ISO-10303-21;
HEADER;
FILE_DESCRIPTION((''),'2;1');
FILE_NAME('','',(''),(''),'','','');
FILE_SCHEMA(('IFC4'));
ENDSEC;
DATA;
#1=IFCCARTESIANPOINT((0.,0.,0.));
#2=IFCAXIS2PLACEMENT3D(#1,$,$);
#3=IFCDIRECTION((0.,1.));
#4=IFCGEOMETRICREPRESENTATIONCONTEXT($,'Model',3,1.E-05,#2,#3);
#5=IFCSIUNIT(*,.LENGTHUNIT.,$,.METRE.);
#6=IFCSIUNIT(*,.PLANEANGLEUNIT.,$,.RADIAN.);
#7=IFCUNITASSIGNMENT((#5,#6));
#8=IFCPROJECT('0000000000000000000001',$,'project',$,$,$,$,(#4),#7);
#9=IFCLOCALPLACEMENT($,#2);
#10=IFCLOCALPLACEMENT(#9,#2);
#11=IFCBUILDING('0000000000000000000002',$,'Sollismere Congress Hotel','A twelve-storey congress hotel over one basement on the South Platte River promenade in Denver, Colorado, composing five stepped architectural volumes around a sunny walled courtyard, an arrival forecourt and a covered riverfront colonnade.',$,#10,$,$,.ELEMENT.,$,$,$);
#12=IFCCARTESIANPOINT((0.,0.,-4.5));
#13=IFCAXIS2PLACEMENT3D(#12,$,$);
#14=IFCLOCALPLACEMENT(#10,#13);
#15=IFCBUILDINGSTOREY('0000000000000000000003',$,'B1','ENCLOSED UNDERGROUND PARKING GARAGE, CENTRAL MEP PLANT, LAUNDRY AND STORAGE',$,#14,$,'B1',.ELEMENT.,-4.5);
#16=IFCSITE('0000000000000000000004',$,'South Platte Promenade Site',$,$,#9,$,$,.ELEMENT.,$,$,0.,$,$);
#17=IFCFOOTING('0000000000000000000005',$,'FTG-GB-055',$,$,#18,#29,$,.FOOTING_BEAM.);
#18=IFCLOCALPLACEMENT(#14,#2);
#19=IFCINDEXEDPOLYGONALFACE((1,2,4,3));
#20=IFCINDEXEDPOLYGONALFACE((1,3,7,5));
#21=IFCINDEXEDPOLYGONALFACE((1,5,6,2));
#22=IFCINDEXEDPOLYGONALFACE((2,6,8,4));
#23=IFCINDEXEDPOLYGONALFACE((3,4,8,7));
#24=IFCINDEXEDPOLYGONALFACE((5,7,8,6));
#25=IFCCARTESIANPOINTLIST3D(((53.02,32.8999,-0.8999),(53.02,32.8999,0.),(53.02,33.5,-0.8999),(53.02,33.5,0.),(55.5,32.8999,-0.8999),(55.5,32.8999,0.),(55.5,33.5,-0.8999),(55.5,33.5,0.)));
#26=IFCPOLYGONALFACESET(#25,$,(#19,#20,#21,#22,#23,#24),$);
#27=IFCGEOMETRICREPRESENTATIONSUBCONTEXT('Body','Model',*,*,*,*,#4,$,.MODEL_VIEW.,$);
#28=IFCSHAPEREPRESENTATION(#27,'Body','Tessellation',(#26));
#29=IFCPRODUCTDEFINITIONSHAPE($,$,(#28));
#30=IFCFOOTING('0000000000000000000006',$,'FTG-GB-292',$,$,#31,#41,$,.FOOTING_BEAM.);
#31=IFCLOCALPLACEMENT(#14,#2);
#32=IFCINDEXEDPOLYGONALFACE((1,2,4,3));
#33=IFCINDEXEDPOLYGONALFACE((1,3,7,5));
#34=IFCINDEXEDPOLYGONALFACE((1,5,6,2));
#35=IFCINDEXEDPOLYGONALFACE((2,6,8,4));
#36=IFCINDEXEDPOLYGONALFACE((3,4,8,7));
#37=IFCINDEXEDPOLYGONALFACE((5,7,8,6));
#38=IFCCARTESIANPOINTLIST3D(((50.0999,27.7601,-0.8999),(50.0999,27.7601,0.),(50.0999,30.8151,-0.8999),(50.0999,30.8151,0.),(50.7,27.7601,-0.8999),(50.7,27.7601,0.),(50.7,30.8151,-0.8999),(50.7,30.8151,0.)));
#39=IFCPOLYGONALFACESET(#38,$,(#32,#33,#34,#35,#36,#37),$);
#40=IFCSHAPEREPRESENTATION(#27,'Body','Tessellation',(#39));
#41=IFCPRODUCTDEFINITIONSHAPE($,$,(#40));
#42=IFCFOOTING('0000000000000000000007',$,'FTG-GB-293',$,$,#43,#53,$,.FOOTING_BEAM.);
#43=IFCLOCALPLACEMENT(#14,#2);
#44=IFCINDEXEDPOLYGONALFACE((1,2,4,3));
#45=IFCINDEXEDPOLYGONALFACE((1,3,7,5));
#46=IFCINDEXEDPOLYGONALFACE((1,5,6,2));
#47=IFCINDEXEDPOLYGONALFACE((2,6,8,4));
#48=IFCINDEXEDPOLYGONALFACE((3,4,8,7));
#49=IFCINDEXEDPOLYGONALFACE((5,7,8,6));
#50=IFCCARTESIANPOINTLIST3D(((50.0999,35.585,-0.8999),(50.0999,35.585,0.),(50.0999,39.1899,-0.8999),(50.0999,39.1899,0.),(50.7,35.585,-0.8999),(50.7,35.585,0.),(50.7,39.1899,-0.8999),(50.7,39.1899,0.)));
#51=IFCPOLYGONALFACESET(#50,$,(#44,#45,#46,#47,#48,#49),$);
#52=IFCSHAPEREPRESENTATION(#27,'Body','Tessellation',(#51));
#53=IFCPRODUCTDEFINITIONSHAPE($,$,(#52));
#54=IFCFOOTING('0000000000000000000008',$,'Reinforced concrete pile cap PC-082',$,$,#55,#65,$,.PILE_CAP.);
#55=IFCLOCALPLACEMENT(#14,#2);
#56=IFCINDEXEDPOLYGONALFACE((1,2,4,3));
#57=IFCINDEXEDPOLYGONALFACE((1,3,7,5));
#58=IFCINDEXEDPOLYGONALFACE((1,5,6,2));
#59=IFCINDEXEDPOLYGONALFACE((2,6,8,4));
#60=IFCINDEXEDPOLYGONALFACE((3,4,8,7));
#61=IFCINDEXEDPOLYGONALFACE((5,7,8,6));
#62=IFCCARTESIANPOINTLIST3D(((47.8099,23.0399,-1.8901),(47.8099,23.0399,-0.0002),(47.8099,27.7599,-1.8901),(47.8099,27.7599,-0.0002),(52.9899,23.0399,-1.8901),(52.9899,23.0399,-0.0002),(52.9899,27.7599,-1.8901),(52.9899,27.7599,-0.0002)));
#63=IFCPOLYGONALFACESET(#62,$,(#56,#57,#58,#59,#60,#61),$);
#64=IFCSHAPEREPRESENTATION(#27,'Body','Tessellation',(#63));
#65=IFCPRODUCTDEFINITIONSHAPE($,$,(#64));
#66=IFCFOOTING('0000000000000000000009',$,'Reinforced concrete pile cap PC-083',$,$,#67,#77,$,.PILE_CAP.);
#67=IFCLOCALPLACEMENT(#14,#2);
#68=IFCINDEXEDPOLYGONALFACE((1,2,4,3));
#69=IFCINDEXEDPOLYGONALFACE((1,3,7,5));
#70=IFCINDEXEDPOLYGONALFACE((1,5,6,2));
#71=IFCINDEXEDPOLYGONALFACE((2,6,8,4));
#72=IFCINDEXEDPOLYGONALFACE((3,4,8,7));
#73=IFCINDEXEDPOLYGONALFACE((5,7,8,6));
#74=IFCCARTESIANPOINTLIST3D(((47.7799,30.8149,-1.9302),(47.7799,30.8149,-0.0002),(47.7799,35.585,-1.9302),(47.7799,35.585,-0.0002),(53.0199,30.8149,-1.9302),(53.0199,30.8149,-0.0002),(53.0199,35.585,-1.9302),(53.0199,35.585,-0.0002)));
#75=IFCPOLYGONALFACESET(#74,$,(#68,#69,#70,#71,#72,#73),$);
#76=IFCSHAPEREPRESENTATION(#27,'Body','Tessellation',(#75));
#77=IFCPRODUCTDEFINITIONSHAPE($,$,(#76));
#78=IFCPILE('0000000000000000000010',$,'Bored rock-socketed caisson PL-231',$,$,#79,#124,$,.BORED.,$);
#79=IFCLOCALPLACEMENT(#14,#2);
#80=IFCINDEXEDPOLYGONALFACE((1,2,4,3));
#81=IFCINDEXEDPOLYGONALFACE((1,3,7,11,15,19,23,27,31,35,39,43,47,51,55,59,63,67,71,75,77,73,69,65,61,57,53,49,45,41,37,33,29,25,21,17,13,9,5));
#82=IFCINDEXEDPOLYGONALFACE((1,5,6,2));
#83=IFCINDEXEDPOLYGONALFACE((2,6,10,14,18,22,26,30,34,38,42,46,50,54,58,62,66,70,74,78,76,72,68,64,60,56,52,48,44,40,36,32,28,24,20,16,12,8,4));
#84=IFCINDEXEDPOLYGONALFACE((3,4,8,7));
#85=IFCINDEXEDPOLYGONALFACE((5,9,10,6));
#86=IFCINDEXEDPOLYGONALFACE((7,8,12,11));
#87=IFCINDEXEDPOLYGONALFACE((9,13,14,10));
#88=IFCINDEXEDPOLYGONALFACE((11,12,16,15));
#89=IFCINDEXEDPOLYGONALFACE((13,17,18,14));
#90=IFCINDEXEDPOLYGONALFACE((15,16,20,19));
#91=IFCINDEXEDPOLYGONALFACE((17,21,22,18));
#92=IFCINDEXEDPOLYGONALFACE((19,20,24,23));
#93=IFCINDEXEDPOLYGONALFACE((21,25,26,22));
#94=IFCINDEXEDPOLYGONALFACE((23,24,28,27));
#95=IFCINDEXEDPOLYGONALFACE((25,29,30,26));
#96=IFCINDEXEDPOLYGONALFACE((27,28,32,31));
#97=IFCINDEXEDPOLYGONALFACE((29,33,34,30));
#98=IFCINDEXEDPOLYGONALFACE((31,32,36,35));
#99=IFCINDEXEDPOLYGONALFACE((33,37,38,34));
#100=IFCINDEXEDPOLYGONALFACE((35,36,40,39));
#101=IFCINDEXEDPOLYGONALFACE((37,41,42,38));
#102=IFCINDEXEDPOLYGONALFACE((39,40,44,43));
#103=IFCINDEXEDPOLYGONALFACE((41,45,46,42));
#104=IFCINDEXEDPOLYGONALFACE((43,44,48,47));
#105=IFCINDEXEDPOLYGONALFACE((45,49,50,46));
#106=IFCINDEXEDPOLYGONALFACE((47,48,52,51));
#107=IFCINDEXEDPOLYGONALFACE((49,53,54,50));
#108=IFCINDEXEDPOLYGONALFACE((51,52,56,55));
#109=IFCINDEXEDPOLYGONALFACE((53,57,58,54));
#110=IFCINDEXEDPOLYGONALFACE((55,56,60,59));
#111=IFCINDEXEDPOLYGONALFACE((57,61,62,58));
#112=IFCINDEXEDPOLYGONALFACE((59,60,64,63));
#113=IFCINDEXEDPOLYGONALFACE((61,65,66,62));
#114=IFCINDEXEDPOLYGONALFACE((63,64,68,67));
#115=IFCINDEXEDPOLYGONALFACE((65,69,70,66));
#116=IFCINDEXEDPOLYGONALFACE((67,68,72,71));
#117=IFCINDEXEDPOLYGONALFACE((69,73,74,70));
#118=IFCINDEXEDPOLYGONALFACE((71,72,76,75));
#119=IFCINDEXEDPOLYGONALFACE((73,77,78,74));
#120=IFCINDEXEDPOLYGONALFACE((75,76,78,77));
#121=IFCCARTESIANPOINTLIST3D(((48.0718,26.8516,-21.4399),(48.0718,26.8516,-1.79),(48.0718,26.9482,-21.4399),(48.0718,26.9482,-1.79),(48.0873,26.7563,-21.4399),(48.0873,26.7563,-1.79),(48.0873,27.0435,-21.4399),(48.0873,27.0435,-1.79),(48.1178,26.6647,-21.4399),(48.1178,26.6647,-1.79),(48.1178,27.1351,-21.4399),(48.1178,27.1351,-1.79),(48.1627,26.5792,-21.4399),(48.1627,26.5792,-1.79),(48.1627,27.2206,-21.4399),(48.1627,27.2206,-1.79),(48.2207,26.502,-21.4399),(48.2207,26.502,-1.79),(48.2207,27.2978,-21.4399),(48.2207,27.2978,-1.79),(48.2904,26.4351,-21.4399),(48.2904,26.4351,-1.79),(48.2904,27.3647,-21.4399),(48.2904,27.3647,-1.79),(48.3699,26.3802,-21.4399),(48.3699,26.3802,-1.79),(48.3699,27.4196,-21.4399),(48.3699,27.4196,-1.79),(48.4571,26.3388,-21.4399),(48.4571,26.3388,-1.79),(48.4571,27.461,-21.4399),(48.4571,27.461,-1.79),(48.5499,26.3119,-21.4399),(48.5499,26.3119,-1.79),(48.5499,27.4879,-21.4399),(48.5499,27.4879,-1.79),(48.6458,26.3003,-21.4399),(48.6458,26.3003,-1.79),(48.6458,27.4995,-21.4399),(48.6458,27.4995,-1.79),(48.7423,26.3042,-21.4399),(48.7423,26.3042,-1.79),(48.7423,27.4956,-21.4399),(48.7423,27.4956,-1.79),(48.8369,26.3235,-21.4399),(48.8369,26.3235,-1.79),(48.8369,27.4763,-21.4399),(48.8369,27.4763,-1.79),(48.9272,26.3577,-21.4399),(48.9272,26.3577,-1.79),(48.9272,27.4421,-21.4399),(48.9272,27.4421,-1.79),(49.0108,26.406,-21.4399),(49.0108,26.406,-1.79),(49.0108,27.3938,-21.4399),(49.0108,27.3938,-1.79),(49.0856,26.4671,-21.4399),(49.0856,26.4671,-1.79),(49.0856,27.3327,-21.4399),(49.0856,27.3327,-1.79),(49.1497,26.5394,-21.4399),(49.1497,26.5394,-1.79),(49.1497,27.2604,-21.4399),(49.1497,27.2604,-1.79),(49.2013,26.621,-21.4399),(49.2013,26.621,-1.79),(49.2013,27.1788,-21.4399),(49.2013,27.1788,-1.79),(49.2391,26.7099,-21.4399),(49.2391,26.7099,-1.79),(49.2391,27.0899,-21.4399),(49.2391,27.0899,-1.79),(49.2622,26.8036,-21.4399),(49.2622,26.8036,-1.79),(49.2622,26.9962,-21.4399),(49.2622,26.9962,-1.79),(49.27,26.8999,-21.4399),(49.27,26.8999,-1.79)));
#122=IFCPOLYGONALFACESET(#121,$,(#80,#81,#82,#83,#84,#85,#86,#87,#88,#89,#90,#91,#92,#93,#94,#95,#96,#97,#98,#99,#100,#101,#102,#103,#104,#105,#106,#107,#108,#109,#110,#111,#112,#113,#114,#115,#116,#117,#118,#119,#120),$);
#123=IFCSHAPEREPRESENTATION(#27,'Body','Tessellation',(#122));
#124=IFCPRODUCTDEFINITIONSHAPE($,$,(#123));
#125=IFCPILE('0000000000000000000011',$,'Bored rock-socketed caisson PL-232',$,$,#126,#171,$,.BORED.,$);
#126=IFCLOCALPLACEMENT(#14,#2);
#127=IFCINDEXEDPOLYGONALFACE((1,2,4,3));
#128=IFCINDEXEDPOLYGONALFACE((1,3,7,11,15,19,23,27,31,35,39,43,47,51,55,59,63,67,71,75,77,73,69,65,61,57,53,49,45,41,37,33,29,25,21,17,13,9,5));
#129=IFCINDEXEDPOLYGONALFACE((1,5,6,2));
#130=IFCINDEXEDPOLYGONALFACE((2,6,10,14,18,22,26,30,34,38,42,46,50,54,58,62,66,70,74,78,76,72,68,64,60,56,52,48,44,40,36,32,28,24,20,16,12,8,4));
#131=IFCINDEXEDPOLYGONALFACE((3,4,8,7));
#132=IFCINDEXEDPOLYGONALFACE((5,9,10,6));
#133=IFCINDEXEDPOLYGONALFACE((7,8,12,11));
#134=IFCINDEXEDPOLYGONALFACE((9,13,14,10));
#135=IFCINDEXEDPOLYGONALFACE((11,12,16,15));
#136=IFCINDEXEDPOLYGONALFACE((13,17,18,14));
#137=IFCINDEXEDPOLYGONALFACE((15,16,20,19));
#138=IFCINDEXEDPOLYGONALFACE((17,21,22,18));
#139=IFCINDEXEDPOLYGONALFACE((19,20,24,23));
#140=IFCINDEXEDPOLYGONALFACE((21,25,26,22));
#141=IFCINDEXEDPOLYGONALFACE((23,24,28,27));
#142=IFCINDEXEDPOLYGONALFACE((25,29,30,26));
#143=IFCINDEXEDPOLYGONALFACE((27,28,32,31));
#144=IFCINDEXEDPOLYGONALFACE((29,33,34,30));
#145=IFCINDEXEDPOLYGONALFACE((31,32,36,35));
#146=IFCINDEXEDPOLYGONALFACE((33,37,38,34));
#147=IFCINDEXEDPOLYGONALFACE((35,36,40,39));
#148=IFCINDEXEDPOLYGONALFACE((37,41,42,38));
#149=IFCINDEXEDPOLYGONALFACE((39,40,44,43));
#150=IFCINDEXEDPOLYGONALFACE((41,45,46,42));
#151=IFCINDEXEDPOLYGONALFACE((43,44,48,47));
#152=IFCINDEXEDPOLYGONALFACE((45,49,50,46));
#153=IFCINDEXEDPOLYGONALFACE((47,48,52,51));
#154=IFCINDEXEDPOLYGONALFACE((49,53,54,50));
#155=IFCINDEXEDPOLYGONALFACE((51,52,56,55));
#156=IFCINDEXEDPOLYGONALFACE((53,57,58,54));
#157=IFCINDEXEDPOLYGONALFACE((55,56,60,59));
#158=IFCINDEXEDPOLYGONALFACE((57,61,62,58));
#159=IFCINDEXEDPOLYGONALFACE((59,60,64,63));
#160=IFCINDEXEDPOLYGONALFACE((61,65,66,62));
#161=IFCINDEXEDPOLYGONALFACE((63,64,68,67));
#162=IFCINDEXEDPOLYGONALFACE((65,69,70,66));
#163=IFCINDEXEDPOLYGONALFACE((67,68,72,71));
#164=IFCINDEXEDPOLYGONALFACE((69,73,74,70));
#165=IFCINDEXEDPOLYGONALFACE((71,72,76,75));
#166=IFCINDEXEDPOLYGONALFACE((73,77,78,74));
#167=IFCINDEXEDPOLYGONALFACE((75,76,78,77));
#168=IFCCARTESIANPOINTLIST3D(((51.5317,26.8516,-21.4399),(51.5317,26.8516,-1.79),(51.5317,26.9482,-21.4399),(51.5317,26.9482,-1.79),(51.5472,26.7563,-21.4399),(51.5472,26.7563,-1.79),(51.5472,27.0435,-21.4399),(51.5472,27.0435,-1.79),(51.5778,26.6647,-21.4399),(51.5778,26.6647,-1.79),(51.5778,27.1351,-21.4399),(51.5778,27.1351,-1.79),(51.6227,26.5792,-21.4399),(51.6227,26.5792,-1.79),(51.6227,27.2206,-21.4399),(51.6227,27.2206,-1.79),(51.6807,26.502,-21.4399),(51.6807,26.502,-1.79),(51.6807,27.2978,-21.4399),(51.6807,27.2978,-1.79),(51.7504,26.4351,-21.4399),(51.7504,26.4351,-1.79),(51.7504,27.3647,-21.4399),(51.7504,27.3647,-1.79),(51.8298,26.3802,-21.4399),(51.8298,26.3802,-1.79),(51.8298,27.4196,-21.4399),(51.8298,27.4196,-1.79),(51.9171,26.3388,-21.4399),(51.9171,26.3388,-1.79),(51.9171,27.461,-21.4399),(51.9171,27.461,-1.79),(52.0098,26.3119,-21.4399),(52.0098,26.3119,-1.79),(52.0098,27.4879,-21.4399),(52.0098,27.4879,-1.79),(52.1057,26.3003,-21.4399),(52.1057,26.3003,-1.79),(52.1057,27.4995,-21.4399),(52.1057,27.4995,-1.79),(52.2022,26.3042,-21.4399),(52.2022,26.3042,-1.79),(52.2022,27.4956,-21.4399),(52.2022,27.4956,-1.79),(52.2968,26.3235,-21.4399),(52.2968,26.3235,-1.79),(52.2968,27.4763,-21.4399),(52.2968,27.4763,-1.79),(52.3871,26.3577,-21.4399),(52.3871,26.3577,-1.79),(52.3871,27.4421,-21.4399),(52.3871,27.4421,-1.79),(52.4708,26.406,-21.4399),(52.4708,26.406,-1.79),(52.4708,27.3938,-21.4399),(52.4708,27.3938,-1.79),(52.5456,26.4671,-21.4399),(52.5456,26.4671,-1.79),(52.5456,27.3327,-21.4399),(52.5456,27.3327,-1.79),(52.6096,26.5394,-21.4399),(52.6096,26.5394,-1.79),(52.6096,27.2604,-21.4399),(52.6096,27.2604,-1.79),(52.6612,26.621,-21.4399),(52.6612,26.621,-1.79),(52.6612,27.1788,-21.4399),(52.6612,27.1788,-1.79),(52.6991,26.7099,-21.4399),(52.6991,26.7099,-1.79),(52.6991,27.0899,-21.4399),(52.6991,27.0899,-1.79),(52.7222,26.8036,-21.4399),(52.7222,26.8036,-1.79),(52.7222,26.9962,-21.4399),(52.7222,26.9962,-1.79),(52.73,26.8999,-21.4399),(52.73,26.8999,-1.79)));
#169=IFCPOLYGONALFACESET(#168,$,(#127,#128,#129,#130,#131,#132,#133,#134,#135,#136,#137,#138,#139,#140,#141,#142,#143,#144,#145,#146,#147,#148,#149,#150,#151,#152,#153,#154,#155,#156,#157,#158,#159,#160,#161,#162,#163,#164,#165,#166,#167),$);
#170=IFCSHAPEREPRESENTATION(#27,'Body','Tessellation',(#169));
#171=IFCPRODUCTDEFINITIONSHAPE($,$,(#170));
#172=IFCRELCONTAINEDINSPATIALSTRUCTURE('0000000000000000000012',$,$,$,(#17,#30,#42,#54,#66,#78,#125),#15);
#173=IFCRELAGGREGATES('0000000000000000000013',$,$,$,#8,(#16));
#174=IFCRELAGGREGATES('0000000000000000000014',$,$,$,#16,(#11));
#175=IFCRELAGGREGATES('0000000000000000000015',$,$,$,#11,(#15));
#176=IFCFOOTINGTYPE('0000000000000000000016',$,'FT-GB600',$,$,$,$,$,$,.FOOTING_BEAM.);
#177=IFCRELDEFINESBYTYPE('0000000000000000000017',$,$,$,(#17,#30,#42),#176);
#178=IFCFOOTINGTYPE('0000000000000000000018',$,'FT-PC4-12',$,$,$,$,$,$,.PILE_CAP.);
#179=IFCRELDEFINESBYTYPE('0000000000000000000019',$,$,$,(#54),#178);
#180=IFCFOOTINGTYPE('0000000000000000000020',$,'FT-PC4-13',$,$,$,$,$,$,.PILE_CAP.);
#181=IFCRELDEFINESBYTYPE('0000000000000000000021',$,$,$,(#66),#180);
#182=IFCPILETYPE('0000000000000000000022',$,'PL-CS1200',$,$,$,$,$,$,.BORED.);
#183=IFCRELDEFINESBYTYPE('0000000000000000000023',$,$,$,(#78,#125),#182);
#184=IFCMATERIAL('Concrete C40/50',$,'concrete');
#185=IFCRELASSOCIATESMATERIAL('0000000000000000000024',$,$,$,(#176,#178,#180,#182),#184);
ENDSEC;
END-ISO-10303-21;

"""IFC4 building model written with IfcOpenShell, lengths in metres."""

from ifc_helpers import new_model, si_unit, direction, frame, origin, origin_2d, place, context, subcontext, project, spatial, rectangle, circle, extrude, material, material_profile, profile_set, type_object, element, save


model = new_model("IFC4")

# Units and contexts
model_context = context("Model", 3, precision=1e-05, world=origin(), true_north=direction((0.0, 1.0)))
body_context = subcontext(model_context, "Body", "Model", "MODEL_VIEW")
ifc_project = project(units=[si_unit("LENGTHUNIT", "METRE"), si_unit("PLANEANGLEUNIT", "RADIAN")], contexts=[model_context])

# Site, building, storey
site_placement = place(None, origin())
site = spatial("IfcSite", under=ifc_project, at=site_placement, Name="South Platte Promenade Site", CompositionType="ELEMENT", RefElevation=0.0)
building_placement = place(site_placement, origin())
building = spatial("IfcBuilding", under=site, at=building_placement, Name="Sollismere Congress Hotel", Description="A twelve-storey congress hotel over one basement on the South Platte River promenade in Denver, Colorado, composing five stepped architectural volumes around a sunny walled courtyard, an arrival forecourt and a covered riverfront colonnade.", CompositionType="ELEMENT")
storey_placement = place(building_placement, frame((0.0, 0.0, -4.5)))
storey = spatial("IfcBuildingStorey", under=building, at=storey_placement, Name="B1", Description="ENCLOSED UNDERGROUND PARKING GARAGE, CENTRAL MEP PLANT, LAUNDRY AND STORAGE", LongName="B1", CompositionType="ELEMENT", Elevation=-4.5)

# Footings
ifc_material_1 = material(Name="Concrete C40/50", Category="concrete")
footing_type_1 = type_object("IfcFootingType", Name="FT-GB600", PredefinedType="FOOTING_BEAM", material=ifc_material_1)
footing_1_placement = place(storey_placement, frame((54.26, 33.2, -0.8999), z_axis=(0.0, 0.0, 1.0), x_axis=(1.0, 0.0, 0.0)))
element("IfcFooting", 1, at=footing_1_placement, inside=storey, type_object=footing_type_1, Name="FTG-GB-055", PredefinedType="FOOTING_BEAM", context=body_context, shape_type="SweptSolid", body=[
    extrude(rectangle(XDim=2.48, YDim=0.6001, at=origin_2d()), origin(), (0.0, 0.0, 1.0), 0.8999),
])
footing_2_placement = place(storey_placement, frame((50.3999, 29.2876, -0.8999), z_axis=(0.0, 0.0, 1.0), x_axis=(0.0, 1.0, 0.0)))
element("IfcFooting", 2, at=footing_2_placement, inside=storey, type_object=footing_type_1, Name="FTG-GB-292", PredefinedType="FOOTING_BEAM", context=body_context, shape_type="SweptSolid", body=[
    extrude(rectangle(XDim=3.0549, YDim=0.6001, at=origin_2d()), origin(), (0.0, 0.0, 1.0), 0.8999),
])
footing_3_placement = place(storey_placement, frame((50.3999, 37.3875, -0.8999), z_axis=(0.0, 0.0, 1.0), x_axis=(0.0, 1.0, 0.0)))
element("IfcFooting", 3, at=footing_3_placement, inside=storey, type_object=footing_type_1, Name="FTG-GB-293", PredefinedType="FOOTING_BEAM", context=body_context, shape_type="SweptSolid", body=[
    extrude(rectangle(XDim=3.605, YDim=0.6001, at=origin_2d()), origin(), (0.0, 0.0, 1.0), 0.8999),
])
footing_type_2 = type_object("IfcFootingType", Name="FT-PC4-12", PredefinedType="PILE_CAP", material=ifc_material_1)
footing_4_placement = place(storey_placement, frame((50.3999, 25.3999, -1.8901), z_axis=(0.0, 0.0, 1.0), x_axis=(1.0, 0.0, 0.0)))
element("IfcFooting", 4, at=footing_4_placement, inside=storey, type_object=footing_type_2, Name="Reinforced concrete pile cap PC-082", PredefinedType="PILE_CAP", context=body_context, shape_type="SweptSolid", body=[
    extrude(rectangle(XDim=5.1799, YDim=4.72, at=origin_2d()), origin(), (0.0, 0.0, 1.0), 1.8899),
])
footing_type_3 = type_object("IfcFootingType", Name="FT-PC4-13", PredefinedType="PILE_CAP", material=ifc_material_1)
footing_5_placement = place(storey_placement, frame((50.3999, 33.2, -1.9302), z_axis=(0.0, 0.0, 1.0), x_axis=(1.0, 0.0, 0.0)))
element("IfcFooting", 5, at=footing_5_placement, inside=storey, type_object=footing_type_3, Name="Reinforced concrete pile cap PC-083", PredefinedType="PILE_CAP", context=body_context, shape_type="SweptSolid", body=[
    extrude(rectangle(XDim=5.24, YDim=4.77, at=origin_2d()), origin(), (0.0, 0.0, 1.0), 1.9299),
])

# Piles
ifc_material_profile_1 = material_profile(ifc_material_1, circle(Radius=0.6001, at=origin_2d()), Name="CAISSON1200")
ifc_profile_set_1 = profile_set([ifc_material_profile_1], Name="Concrete C40/50")
pile_type = type_object("IfcPileType", Name="PL-CS1200", PredefinedType="BORED", material=ifc_profile_set_1)
for number, where, z_axis, x_axis, name in (
    (6, (48.6699, 26.8999, -1.79), (0.0, 0.0, -1.0), (1.0, 0.0, 0.0), "Bored rock-socketed caisson PL-231"),
    (7, (52.1299, 26.8999, -1.79), (0.0, 0.0, -1.0), (1.0, 0.0, 0.0), "Bored rock-socketed caisson PL-232"),
):
    element("IfcPile", number, at=place(storey_placement, frame(where, z_axis=z_axis, x_axis=x_axis)), inside=storey, type_object=pile_type, Name=name, PredefinedType="BORED", context=body_context, shape_type="SweptSolid", body=[
        extrude(circle(Radius=0.6001, at=origin_2d()), origin(), (0.0, 0.0, 1.0), 19.6499),
    ])

save(model, "model.ifc")
